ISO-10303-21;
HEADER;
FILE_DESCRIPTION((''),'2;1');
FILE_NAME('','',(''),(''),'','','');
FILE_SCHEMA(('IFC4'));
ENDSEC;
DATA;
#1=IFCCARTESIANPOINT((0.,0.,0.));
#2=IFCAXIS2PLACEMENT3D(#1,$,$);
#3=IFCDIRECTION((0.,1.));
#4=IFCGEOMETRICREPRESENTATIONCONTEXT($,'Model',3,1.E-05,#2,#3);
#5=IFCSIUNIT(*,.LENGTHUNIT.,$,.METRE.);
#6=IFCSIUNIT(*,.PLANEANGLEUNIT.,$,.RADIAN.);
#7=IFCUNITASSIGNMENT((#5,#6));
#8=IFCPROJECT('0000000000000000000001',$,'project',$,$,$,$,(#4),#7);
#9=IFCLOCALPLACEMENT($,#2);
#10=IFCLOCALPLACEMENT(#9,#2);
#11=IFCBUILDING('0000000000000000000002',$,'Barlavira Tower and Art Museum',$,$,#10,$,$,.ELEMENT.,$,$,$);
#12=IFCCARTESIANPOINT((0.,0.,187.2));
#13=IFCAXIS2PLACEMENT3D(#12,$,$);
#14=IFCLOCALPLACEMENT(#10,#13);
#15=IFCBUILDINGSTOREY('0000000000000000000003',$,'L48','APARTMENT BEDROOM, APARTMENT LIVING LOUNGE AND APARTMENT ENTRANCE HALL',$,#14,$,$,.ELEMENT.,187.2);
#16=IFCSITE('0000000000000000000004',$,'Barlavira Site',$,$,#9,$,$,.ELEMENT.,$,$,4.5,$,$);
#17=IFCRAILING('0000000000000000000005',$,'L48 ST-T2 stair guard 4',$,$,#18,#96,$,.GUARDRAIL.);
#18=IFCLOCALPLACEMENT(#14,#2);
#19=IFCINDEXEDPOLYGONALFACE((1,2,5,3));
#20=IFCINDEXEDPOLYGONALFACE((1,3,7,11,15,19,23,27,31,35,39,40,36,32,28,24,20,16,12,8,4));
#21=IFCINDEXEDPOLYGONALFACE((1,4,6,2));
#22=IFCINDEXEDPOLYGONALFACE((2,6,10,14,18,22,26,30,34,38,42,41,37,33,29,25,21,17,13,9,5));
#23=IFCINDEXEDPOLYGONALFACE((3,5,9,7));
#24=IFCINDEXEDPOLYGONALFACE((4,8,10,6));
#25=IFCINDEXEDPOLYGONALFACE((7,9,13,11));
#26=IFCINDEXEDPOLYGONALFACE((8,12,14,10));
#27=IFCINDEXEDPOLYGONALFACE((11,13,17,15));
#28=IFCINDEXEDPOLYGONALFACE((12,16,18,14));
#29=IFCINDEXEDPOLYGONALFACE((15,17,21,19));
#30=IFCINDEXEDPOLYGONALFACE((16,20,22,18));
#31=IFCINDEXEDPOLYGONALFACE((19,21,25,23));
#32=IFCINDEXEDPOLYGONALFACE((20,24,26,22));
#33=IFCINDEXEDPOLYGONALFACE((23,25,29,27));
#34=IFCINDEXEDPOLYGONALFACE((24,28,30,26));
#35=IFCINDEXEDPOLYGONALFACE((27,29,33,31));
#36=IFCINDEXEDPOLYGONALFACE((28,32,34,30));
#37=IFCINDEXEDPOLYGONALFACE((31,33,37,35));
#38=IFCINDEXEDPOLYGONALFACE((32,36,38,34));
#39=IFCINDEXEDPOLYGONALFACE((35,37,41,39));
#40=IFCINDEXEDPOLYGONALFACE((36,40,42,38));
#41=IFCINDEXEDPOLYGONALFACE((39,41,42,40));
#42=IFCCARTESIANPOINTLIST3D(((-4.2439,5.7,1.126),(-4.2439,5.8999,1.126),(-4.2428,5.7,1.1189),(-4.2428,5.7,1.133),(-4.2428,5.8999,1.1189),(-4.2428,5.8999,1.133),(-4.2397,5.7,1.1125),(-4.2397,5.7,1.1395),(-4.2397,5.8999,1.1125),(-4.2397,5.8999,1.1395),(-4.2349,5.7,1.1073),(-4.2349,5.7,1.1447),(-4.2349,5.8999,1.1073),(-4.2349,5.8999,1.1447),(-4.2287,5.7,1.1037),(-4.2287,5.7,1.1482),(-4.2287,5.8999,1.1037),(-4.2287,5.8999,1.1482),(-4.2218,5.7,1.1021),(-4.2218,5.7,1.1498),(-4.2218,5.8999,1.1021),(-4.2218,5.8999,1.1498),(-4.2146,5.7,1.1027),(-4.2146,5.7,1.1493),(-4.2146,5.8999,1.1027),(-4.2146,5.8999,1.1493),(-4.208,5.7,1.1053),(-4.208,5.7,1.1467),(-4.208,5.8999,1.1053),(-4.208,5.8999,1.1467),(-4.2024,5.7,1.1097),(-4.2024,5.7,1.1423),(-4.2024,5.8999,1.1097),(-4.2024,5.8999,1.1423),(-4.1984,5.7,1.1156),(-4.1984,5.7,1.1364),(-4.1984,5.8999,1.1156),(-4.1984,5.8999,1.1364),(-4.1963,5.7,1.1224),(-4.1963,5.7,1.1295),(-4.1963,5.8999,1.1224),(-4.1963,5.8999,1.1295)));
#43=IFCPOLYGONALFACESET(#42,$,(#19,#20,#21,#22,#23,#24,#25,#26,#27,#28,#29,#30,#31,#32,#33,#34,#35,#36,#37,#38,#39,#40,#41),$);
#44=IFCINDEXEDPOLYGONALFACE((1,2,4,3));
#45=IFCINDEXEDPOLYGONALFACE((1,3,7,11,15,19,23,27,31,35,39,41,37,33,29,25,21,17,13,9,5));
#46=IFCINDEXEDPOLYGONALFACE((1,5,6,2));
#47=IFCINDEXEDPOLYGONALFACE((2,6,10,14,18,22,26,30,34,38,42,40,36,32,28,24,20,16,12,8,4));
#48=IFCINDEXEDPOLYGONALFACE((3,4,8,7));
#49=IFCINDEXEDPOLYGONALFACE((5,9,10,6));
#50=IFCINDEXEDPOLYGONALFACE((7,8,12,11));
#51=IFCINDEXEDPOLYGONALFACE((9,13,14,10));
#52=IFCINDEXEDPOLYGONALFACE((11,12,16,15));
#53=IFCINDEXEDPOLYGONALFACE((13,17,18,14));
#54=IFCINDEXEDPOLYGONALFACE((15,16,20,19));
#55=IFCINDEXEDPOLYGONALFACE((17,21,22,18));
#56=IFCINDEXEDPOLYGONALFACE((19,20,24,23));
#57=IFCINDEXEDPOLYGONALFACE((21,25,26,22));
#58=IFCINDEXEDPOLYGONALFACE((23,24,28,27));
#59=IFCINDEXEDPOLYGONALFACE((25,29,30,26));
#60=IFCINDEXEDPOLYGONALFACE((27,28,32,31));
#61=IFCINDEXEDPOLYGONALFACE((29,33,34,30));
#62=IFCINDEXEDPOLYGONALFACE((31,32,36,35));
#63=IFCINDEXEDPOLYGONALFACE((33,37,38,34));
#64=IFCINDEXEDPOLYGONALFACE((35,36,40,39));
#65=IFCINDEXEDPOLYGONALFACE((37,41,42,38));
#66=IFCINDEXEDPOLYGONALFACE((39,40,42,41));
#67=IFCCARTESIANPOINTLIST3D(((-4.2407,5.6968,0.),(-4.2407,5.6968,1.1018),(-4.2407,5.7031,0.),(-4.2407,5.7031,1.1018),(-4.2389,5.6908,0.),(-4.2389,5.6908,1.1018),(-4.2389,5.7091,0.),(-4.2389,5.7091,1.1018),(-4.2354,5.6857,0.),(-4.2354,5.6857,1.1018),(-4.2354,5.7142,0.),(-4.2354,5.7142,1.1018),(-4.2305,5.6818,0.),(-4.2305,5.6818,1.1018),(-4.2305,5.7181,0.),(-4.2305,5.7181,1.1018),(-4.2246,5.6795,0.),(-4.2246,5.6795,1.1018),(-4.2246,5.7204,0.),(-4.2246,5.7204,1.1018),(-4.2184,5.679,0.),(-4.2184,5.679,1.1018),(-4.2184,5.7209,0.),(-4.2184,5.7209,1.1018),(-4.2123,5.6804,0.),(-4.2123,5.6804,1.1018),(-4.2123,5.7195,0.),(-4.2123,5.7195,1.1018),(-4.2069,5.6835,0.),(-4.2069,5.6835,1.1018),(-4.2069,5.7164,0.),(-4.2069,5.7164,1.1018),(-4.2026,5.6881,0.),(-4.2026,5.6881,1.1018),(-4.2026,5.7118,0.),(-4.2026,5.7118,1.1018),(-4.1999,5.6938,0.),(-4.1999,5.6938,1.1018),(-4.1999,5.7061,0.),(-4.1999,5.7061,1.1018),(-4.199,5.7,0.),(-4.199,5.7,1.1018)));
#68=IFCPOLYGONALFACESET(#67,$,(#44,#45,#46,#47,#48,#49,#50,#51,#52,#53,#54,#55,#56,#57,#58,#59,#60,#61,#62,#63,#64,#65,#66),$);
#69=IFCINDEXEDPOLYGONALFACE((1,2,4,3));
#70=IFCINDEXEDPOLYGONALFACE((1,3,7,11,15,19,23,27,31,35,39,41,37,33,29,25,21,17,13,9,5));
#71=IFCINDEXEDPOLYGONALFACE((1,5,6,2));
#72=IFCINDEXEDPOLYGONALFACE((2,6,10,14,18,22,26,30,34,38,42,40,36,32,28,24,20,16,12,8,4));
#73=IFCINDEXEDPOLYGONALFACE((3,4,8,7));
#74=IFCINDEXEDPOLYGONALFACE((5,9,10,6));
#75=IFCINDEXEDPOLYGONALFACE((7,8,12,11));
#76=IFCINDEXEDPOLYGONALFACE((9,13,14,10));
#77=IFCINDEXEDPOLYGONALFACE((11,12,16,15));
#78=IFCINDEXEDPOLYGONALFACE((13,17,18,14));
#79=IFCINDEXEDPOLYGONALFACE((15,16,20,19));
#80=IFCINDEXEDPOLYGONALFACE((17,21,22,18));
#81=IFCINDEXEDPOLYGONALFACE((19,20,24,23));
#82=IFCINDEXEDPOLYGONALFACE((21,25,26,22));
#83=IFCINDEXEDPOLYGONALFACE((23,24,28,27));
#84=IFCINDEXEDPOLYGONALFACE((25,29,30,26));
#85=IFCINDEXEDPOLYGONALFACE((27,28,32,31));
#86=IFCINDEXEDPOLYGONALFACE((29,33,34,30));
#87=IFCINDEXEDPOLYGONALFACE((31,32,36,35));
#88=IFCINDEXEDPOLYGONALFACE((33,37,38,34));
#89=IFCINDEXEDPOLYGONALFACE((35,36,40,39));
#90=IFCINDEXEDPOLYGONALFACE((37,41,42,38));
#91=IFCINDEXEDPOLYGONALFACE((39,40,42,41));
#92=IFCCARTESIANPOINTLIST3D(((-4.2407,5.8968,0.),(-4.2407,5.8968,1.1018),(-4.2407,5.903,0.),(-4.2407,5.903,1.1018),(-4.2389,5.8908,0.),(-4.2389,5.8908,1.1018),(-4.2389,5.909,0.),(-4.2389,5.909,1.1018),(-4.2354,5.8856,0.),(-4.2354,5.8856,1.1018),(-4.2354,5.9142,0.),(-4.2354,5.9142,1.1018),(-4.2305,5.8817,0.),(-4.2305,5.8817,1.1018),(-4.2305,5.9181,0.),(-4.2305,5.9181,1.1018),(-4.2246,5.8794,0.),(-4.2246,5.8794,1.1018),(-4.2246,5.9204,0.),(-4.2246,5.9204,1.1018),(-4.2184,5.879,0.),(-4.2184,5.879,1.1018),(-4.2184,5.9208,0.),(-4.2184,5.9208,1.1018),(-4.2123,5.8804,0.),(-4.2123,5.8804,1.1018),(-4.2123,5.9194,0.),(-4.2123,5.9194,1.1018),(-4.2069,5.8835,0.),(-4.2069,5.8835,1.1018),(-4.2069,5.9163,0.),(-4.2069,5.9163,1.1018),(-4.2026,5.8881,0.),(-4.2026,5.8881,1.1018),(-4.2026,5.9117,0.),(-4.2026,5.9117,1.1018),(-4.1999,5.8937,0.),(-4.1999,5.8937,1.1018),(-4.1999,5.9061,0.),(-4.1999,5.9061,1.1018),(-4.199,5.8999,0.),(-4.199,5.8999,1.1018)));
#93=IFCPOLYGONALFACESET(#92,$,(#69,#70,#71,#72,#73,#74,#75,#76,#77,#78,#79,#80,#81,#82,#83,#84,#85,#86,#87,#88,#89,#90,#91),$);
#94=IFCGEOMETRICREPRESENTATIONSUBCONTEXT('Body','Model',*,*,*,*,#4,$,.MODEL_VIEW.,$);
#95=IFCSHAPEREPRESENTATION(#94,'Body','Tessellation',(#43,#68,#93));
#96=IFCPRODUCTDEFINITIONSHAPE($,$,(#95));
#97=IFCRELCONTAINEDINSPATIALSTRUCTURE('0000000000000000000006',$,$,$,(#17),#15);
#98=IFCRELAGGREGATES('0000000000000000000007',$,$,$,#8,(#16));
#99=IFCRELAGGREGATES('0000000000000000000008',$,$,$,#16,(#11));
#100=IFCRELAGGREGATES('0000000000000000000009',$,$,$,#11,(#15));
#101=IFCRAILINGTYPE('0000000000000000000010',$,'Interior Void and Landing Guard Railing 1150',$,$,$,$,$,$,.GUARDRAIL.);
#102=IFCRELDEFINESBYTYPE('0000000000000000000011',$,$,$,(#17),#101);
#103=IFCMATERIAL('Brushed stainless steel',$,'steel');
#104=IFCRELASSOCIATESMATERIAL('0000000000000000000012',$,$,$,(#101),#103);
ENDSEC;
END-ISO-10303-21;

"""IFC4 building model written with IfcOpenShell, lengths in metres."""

from ifc_helpers import new_model, si_unit, direction, frame, origin, origin_2d, place, context, subcontext, project, spatial, circle, extrude, material, type_object, element, save


model = new_model("IFC4")

# Units and contexts
model_context = context("Model", 3, precision=1e-05, world=origin(), true_north=direction((0.0, 1.0)))
body_context = subcontext(model_context, "Body", "Model", "MODEL_VIEW")
ifc_project = project(units=[si_unit("LENGTHUNIT", "METRE"), si_unit("PLANEANGLEUNIT", "RADIAN")], contexts=[model_context])

# Site, building, storey
site_placement = place(None, origin())
site = spatial("IfcSite", under=ifc_project, at=site_placement, Name="Barlavira Site", CompositionType="ELEMENT", RefElevation=4.5)
building_placement = place(site_placement, origin())
building = spatial("IfcBuilding", under=site, at=building_placement, Name="Barlavira Tower and Art Museum", CompositionType="ELEMENT")
storey_placement = place(building_placement, frame((0.0, 0.0, 187.2)))
storey = spatial("IfcBuildingStorey", under=building, at=storey_placement, Name="L48", Description="APARTMENT BEDROOM, APARTMENT LIVING LOUNGE AND APARTMENT ENTRANCE HALL", CompositionType="ELEMENT", Elevation=187.2)

# Shared definitions
ifc_material_1 = material(Name="Brushed stainless steel", Category="steel")

# Railing
railing_type_1 = type_object("IfcRailingType", Name="Interior Void and Landing Guard Railing 1150", PredefinedType="GUARDRAIL", material=ifc_material_1)
railing_1_placement = place(storey_placement, frame((-4.22, 5.7, 0.0)))
element("IfcRailing", 1, at=railing_1_placement, inside=storey, type_object=railing_type_1, Name="L48 ST-T2 stair guard 4", PredefinedType="GUARDRAIL", context=body_context, shape_type="SweptSolid", body=[
    extrude(circle(Radius=0.0239, at=origin_2d()), frame((0.0, 0.0, 1.126), z_axis=(0.0, 1.0, 0.0), x_axis=(-1.0, 0.0, 0.0)), (0.0, 0.0, 1.0), 0.2),
    extrude(circle(Radius=0.021, at=origin_2d()), origin(), (0.0, 0.0, 1.0), 1.1018),
    extrude(circle(Radius=0.021, at=origin_2d()), frame((0.0, 0.2, 0.0)), (0.0, 0.0, 1.0), 1.1018),
])

save(model, "model.ifc")
